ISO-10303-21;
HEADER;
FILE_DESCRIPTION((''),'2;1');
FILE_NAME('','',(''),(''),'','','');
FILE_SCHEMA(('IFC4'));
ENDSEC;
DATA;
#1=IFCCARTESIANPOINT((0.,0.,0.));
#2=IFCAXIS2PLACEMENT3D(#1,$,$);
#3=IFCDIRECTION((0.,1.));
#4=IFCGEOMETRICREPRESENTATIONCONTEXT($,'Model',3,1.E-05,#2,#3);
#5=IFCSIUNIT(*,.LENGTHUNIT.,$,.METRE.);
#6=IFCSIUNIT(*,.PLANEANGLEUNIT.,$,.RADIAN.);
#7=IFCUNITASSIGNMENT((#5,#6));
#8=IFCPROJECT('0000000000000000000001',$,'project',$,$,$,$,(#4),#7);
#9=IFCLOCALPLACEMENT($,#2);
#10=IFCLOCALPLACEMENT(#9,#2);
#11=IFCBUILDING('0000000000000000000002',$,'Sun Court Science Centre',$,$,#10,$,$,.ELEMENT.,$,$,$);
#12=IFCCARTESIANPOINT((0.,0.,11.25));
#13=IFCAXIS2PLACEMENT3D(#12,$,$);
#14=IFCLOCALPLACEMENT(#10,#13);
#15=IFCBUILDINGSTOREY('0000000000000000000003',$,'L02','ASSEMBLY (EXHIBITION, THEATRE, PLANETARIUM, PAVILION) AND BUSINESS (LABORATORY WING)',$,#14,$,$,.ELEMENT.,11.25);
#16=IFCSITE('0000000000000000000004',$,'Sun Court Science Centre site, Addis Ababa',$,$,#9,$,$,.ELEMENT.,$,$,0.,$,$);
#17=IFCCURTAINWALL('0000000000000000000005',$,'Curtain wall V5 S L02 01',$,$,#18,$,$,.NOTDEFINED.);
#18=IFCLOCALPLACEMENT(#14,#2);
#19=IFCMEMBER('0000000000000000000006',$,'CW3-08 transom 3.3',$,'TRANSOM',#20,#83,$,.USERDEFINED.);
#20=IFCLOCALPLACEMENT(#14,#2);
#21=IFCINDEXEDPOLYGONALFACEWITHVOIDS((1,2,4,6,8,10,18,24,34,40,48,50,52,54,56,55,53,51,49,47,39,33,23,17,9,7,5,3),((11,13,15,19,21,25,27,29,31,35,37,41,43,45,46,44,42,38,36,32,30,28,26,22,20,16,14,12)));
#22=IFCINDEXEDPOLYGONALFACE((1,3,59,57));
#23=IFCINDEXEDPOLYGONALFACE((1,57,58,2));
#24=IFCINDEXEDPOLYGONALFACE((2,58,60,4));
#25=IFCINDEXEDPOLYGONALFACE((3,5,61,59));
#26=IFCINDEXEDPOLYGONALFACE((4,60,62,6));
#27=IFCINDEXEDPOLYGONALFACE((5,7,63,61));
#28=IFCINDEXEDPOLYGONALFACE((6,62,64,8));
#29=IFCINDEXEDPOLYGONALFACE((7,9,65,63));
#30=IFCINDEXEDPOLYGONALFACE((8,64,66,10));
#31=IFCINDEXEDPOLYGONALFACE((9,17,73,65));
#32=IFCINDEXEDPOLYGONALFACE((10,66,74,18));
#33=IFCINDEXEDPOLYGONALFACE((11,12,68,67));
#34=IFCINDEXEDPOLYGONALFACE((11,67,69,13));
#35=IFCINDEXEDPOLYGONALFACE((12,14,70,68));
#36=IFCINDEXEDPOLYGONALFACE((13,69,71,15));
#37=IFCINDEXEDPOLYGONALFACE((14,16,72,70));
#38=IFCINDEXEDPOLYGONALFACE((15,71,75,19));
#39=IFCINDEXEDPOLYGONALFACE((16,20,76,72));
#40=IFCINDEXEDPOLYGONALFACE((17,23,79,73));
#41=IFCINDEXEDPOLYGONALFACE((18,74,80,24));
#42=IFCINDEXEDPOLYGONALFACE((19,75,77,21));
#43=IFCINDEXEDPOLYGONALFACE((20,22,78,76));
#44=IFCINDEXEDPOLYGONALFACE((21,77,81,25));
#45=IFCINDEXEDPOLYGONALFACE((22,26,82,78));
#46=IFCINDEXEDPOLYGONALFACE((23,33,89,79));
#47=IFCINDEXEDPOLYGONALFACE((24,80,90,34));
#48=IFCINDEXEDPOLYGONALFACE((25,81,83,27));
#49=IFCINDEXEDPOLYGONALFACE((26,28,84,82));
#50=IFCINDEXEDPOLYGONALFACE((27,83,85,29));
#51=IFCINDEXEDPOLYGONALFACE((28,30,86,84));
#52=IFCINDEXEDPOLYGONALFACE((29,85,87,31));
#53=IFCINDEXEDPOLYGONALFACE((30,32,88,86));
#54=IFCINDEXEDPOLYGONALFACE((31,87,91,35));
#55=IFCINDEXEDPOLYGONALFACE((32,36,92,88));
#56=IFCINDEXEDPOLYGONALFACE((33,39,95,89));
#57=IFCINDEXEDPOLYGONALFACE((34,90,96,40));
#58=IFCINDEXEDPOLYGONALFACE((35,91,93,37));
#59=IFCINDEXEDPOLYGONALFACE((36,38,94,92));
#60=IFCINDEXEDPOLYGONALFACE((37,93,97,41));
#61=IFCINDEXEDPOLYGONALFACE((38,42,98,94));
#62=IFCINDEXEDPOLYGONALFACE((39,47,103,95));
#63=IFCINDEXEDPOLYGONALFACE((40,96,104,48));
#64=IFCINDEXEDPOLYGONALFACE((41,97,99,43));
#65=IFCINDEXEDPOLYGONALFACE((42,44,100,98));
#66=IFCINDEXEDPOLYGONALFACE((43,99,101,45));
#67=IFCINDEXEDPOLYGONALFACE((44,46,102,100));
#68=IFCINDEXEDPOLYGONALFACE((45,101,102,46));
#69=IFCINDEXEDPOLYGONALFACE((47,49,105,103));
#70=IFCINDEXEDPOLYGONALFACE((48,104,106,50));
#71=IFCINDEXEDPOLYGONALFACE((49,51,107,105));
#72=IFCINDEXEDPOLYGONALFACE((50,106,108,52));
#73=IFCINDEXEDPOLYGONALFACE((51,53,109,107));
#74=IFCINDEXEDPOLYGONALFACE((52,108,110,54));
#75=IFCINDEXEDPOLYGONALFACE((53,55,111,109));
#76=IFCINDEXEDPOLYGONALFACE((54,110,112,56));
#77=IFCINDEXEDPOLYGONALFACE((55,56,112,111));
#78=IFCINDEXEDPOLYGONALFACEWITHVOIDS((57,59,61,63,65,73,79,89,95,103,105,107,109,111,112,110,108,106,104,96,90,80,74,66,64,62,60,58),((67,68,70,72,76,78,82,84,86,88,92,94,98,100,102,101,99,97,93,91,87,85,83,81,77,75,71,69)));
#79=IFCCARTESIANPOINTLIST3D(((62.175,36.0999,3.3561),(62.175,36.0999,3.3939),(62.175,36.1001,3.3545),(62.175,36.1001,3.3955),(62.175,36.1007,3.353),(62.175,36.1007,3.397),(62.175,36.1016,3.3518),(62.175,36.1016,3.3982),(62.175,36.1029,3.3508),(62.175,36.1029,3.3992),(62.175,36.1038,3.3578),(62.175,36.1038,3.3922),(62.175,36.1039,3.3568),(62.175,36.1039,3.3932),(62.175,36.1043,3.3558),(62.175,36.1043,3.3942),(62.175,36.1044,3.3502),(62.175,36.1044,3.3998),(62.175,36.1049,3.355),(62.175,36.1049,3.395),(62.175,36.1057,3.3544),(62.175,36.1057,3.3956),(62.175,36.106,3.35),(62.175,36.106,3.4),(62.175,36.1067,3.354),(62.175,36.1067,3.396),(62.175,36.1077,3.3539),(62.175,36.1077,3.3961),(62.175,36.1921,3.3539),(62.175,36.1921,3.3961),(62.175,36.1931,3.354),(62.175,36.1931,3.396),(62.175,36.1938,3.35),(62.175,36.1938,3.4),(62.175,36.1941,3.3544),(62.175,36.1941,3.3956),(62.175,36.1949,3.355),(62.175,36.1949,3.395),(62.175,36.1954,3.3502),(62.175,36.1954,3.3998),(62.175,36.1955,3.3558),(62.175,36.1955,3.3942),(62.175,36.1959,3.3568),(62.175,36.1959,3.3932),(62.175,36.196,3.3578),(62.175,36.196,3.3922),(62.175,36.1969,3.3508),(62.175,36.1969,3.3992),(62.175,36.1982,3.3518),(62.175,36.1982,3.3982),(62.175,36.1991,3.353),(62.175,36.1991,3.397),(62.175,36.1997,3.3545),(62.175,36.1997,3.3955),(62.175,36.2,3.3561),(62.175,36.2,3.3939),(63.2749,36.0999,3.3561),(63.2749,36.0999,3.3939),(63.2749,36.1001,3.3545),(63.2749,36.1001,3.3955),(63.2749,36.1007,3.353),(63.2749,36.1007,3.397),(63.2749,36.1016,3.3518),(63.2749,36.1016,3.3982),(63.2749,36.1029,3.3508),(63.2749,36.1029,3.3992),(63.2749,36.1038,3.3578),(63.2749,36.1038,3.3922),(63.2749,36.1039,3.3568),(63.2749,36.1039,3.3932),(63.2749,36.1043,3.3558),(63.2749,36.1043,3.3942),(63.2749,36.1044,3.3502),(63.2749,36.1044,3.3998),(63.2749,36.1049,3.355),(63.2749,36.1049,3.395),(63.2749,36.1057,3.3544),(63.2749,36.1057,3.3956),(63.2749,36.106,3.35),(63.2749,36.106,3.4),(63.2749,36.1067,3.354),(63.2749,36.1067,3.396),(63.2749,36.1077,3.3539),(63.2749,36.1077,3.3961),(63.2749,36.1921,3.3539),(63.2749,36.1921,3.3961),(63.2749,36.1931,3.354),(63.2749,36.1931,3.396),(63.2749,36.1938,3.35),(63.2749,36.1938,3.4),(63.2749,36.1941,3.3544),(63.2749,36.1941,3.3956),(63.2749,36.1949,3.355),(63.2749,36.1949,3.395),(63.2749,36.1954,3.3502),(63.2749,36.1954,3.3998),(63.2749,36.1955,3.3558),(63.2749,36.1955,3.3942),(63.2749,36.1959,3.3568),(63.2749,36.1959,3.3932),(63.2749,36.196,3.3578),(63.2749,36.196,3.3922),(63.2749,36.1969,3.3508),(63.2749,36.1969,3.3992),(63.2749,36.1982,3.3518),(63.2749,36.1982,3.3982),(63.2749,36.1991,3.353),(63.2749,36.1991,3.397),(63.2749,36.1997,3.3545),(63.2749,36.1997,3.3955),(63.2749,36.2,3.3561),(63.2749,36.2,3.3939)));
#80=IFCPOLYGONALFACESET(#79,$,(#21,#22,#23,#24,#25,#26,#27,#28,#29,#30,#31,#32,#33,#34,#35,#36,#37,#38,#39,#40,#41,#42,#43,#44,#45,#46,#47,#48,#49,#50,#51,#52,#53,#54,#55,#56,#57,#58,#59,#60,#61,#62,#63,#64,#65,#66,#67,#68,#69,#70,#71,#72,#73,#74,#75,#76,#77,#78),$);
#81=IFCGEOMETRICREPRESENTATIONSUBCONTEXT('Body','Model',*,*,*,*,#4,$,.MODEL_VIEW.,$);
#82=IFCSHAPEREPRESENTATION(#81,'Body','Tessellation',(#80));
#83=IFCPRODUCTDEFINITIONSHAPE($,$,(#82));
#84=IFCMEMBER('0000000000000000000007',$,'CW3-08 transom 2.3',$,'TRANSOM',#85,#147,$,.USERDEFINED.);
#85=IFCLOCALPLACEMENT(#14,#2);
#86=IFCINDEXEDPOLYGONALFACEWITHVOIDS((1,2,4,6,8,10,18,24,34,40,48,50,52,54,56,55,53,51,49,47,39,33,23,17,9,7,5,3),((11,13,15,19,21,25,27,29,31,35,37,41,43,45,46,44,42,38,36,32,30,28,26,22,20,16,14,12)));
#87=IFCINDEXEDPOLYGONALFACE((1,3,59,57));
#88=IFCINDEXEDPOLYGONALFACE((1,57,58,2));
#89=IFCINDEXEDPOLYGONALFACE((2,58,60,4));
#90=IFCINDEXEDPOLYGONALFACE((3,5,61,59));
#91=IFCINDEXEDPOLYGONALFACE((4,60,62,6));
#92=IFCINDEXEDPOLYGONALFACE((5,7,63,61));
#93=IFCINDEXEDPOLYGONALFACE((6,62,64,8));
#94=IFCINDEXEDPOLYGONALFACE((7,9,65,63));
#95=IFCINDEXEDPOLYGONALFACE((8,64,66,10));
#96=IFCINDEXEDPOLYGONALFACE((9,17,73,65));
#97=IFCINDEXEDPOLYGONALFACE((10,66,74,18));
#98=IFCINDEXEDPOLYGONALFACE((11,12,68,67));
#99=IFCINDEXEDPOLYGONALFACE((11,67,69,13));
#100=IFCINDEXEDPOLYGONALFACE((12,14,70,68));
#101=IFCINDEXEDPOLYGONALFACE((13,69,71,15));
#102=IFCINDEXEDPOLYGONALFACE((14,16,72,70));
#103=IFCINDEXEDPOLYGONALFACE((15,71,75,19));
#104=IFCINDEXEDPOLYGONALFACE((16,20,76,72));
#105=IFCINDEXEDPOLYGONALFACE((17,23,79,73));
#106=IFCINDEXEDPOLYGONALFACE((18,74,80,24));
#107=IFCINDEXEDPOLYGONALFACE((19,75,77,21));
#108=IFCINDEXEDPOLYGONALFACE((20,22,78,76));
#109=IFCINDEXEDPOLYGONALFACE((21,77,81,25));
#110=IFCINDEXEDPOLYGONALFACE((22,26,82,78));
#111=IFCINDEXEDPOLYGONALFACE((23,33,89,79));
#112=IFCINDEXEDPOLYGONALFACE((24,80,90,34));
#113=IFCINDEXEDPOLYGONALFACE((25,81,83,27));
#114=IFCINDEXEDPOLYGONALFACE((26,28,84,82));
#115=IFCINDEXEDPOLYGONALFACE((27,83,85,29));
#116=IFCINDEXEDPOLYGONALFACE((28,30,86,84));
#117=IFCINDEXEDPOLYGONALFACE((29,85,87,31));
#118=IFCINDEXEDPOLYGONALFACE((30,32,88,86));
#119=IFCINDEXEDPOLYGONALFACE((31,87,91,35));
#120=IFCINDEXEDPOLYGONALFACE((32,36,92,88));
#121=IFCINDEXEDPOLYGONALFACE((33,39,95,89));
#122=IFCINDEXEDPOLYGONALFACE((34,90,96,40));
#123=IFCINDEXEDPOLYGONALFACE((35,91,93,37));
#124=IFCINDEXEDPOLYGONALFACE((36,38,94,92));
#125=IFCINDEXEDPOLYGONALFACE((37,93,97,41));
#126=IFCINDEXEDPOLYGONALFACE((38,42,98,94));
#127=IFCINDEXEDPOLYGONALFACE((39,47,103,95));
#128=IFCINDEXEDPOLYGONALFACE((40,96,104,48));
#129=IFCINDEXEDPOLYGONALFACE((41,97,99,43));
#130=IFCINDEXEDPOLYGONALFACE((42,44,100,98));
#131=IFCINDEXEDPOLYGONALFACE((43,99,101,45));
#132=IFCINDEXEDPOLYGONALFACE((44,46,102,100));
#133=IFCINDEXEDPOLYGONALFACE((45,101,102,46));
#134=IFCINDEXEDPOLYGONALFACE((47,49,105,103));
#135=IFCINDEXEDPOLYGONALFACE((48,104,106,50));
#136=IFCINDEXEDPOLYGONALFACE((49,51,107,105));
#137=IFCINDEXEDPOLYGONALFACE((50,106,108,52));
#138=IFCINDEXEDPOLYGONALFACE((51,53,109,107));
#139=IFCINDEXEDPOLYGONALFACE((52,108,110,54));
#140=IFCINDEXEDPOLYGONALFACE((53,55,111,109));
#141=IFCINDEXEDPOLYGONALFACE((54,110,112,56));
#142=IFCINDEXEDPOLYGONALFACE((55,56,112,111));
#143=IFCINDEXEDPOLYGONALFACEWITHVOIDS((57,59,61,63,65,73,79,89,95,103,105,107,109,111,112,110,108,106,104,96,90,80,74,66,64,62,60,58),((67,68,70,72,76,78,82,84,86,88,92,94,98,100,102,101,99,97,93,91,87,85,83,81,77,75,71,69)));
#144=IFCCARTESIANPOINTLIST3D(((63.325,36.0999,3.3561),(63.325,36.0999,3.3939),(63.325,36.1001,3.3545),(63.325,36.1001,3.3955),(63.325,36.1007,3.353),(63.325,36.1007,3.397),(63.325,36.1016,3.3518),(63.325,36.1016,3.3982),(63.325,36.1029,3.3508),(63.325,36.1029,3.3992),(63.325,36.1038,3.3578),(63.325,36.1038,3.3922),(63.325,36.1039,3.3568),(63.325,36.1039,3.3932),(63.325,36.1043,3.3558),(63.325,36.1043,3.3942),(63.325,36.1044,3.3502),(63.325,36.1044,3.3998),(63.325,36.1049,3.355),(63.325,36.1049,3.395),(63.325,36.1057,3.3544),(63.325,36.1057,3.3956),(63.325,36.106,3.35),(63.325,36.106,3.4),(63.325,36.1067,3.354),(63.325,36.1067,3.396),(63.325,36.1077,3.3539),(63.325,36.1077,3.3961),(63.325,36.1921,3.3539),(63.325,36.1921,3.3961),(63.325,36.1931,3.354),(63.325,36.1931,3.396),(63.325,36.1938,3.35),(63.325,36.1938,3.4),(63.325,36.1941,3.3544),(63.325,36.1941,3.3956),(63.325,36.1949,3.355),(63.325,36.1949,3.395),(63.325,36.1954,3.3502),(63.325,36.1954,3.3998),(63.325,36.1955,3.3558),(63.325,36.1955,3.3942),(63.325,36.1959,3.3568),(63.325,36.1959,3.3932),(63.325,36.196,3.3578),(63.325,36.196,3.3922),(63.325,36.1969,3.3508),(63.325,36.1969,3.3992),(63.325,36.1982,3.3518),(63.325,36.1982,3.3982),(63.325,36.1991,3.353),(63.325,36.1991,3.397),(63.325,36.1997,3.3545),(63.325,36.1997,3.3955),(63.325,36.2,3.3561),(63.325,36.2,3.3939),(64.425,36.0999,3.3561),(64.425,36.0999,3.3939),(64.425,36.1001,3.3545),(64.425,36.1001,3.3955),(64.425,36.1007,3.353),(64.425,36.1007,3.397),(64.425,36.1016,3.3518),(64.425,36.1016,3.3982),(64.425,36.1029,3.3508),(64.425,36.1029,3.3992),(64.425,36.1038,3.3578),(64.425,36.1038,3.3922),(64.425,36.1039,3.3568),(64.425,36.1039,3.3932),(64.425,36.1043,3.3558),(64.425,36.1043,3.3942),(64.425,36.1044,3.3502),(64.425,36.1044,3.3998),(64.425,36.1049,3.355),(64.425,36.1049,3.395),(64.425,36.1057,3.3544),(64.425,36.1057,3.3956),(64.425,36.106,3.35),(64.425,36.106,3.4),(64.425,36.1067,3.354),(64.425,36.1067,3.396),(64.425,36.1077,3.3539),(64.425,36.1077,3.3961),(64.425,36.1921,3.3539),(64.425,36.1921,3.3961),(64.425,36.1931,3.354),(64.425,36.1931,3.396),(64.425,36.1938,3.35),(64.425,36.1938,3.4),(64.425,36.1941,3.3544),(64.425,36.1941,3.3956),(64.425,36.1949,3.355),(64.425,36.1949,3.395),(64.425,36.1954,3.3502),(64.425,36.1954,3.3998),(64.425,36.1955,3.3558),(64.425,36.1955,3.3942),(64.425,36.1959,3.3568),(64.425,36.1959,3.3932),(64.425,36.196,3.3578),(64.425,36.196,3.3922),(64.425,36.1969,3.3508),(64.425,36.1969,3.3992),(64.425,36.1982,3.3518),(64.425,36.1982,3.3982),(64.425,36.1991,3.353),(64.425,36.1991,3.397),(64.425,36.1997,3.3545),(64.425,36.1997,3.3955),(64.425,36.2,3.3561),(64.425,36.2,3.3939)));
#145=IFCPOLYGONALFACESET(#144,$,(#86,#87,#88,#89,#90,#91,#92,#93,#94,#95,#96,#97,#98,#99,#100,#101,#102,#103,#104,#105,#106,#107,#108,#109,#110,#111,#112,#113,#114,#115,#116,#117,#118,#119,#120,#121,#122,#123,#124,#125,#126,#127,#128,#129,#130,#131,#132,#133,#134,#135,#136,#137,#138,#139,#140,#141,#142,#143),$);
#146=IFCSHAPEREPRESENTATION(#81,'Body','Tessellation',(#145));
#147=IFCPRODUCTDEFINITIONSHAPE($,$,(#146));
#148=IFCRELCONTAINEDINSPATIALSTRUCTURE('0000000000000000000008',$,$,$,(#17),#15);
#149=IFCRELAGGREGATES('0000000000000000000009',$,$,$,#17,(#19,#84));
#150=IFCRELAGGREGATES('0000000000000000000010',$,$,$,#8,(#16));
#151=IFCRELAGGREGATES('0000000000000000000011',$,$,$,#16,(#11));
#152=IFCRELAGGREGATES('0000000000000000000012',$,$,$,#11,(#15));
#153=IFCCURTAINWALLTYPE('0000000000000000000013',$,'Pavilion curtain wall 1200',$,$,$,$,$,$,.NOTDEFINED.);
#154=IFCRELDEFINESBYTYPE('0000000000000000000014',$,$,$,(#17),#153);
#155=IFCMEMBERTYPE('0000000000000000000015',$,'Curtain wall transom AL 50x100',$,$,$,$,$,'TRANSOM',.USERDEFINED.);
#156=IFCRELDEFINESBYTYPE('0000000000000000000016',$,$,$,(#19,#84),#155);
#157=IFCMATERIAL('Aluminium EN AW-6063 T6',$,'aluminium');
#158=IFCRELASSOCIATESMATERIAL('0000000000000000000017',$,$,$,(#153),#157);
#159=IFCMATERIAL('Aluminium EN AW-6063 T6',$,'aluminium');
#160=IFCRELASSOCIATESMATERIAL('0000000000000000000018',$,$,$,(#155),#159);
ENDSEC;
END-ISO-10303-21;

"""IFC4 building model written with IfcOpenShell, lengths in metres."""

from ifc_helpers import new_model, si_unit, direction, frame, origin, origin_2d, place, context, subcontext, project, spatial, hollow_rectangle, extrude, material, material_profile, profile_set, type_object, element, aggregate, save


model = new_model("IFC4")

# Units and contexts
model_context = context("Model", 3, precision=1e-05, world=origin(), true_north=direction((0.0, 1.0)))
body_context = subcontext(model_context, "Body", "Model", "MODEL_VIEW")
ifc_project = project(units=[si_unit("LENGTHUNIT", "METRE"), si_unit("PLANEANGLEUNIT", "RADIAN")], contexts=[model_context])

# Site, building, storey
site_placement = place(None, origin())
site = spatial("IfcSite", under=ifc_project, at=site_placement, Name="Sun Court Science Centre site, Addis Ababa", CompositionType="ELEMENT", RefElevation=0.0)
building_placement = place(site_placement, origin())
building = spatial("IfcBuilding", under=site, at=building_placement, Name="Sun Court Science Centre", CompositionType="ELEMENT")
storey_placement = place(building_placement, frame((0.0, 0.0, 11.25)))
storey = spatial("IfcBuildingStorey", under=building, at=storey_placement, Name="L02", Description="ASSEMBLY (EXHIBITION, THEATRE, PLANETARIUM, PAVILION) AND BUSINESS (LABORATORY WING)", CompositionType="ELEMENT", Elevation=11.25)

# Curtain wall, members
ifc_material_1 = material(Name="Aluminium EN AW-6063 T6", Category="aluminium")
curtain_wall_type = type_object("IfcCurtainWallType", Name="Pavilion curtain wall 1200", PredefinedType="NOTDEFINED", material=ifc_material_1)
curtain_wall_placement = place(storey_placement, origin())
curtain_wall = element("IfcCurtainWall", 1, at=curtain_wall_placement, inside=storey, type_object=curtain_wall_type, Name="Curtain wall V5 S L02 01", PredefinedType="NOTDEFINED")
ifc_material_2 = material(Name="Aluminium EN AW-6063 T6", Category="aluminium")
ifc_material_profile_1 = material_profile(ifc_material_2, hollow_rectangle(XDim=0.05, YDim=0.1001, WallThickness=0.0039, InnerFilletRadius=0.0039, OuterFilletRadius=0.0061, at=origin_2d()), Name="AL 50x100x4")
ifc_profile_set_1 = profile_set([ifc_material_profile_1], Name="Aluminium EN AW-6063 T6")
member_type_1 = type_object("IfcMemberType", Name="Curtain wall transom AL 50x100", ElementType="TRANSOM", PredefinedType="USERDEFINED", material=ifc_profile_set_1)
member_1_placement = place(storey_placement, frame((63.2749, 36.1499, 3.375), z_axis=(-1.0, 0.0, 0.0), x_axis=(0.0, 0.0, 1.0)))
member_1 = element("IfcMember", 2, at=member_1_placement, type_object=member_type_1, Name="CW3-08 transom 3.3", ObjectType="TRANSOM", PredefinedType="USERDEFINED", context=body_context, shape_type="SweptSolid", body=[
    extrude(hollow_rectangle(XDim=0.05, YDim=0.1001, WallThickness=0.0039, InnerFilletRadius=0.0039, OuterFilletRadius=0.0061, at=origin_2d()), origin(), (0.0, 0.0, 1.0), 1.0999),
])
member_2_placement = place(storey_placement, frame((64.425, 36.1499, 3.375), z_axis=(-1.0, 0.0, 0.0), x_axis=(0.0, 0.0, 1.0)))
member_2 = element("IfcMember", 3, at=member_2_placement, type_object=member_type_1, Name="CW3-08 transom 2.3", ObjectType="TRANSOM", PredefinedType="USERDEFINED", context=body_context, shape_type="SweptSolid", body=[
    extrude(hollow_rectangle(XDim=0.05, YDim=0.1001, WallThickness=0.0039, InnerFilletRadius=0.0039, OuterFilletRadius=0.0061, at=origin_2d()), origin(), (0.0, 0.0, 1.0), 1.1001),
])
aggregate(curtain_wall, [member_1, member_2])

save(model, "model.ifc")
